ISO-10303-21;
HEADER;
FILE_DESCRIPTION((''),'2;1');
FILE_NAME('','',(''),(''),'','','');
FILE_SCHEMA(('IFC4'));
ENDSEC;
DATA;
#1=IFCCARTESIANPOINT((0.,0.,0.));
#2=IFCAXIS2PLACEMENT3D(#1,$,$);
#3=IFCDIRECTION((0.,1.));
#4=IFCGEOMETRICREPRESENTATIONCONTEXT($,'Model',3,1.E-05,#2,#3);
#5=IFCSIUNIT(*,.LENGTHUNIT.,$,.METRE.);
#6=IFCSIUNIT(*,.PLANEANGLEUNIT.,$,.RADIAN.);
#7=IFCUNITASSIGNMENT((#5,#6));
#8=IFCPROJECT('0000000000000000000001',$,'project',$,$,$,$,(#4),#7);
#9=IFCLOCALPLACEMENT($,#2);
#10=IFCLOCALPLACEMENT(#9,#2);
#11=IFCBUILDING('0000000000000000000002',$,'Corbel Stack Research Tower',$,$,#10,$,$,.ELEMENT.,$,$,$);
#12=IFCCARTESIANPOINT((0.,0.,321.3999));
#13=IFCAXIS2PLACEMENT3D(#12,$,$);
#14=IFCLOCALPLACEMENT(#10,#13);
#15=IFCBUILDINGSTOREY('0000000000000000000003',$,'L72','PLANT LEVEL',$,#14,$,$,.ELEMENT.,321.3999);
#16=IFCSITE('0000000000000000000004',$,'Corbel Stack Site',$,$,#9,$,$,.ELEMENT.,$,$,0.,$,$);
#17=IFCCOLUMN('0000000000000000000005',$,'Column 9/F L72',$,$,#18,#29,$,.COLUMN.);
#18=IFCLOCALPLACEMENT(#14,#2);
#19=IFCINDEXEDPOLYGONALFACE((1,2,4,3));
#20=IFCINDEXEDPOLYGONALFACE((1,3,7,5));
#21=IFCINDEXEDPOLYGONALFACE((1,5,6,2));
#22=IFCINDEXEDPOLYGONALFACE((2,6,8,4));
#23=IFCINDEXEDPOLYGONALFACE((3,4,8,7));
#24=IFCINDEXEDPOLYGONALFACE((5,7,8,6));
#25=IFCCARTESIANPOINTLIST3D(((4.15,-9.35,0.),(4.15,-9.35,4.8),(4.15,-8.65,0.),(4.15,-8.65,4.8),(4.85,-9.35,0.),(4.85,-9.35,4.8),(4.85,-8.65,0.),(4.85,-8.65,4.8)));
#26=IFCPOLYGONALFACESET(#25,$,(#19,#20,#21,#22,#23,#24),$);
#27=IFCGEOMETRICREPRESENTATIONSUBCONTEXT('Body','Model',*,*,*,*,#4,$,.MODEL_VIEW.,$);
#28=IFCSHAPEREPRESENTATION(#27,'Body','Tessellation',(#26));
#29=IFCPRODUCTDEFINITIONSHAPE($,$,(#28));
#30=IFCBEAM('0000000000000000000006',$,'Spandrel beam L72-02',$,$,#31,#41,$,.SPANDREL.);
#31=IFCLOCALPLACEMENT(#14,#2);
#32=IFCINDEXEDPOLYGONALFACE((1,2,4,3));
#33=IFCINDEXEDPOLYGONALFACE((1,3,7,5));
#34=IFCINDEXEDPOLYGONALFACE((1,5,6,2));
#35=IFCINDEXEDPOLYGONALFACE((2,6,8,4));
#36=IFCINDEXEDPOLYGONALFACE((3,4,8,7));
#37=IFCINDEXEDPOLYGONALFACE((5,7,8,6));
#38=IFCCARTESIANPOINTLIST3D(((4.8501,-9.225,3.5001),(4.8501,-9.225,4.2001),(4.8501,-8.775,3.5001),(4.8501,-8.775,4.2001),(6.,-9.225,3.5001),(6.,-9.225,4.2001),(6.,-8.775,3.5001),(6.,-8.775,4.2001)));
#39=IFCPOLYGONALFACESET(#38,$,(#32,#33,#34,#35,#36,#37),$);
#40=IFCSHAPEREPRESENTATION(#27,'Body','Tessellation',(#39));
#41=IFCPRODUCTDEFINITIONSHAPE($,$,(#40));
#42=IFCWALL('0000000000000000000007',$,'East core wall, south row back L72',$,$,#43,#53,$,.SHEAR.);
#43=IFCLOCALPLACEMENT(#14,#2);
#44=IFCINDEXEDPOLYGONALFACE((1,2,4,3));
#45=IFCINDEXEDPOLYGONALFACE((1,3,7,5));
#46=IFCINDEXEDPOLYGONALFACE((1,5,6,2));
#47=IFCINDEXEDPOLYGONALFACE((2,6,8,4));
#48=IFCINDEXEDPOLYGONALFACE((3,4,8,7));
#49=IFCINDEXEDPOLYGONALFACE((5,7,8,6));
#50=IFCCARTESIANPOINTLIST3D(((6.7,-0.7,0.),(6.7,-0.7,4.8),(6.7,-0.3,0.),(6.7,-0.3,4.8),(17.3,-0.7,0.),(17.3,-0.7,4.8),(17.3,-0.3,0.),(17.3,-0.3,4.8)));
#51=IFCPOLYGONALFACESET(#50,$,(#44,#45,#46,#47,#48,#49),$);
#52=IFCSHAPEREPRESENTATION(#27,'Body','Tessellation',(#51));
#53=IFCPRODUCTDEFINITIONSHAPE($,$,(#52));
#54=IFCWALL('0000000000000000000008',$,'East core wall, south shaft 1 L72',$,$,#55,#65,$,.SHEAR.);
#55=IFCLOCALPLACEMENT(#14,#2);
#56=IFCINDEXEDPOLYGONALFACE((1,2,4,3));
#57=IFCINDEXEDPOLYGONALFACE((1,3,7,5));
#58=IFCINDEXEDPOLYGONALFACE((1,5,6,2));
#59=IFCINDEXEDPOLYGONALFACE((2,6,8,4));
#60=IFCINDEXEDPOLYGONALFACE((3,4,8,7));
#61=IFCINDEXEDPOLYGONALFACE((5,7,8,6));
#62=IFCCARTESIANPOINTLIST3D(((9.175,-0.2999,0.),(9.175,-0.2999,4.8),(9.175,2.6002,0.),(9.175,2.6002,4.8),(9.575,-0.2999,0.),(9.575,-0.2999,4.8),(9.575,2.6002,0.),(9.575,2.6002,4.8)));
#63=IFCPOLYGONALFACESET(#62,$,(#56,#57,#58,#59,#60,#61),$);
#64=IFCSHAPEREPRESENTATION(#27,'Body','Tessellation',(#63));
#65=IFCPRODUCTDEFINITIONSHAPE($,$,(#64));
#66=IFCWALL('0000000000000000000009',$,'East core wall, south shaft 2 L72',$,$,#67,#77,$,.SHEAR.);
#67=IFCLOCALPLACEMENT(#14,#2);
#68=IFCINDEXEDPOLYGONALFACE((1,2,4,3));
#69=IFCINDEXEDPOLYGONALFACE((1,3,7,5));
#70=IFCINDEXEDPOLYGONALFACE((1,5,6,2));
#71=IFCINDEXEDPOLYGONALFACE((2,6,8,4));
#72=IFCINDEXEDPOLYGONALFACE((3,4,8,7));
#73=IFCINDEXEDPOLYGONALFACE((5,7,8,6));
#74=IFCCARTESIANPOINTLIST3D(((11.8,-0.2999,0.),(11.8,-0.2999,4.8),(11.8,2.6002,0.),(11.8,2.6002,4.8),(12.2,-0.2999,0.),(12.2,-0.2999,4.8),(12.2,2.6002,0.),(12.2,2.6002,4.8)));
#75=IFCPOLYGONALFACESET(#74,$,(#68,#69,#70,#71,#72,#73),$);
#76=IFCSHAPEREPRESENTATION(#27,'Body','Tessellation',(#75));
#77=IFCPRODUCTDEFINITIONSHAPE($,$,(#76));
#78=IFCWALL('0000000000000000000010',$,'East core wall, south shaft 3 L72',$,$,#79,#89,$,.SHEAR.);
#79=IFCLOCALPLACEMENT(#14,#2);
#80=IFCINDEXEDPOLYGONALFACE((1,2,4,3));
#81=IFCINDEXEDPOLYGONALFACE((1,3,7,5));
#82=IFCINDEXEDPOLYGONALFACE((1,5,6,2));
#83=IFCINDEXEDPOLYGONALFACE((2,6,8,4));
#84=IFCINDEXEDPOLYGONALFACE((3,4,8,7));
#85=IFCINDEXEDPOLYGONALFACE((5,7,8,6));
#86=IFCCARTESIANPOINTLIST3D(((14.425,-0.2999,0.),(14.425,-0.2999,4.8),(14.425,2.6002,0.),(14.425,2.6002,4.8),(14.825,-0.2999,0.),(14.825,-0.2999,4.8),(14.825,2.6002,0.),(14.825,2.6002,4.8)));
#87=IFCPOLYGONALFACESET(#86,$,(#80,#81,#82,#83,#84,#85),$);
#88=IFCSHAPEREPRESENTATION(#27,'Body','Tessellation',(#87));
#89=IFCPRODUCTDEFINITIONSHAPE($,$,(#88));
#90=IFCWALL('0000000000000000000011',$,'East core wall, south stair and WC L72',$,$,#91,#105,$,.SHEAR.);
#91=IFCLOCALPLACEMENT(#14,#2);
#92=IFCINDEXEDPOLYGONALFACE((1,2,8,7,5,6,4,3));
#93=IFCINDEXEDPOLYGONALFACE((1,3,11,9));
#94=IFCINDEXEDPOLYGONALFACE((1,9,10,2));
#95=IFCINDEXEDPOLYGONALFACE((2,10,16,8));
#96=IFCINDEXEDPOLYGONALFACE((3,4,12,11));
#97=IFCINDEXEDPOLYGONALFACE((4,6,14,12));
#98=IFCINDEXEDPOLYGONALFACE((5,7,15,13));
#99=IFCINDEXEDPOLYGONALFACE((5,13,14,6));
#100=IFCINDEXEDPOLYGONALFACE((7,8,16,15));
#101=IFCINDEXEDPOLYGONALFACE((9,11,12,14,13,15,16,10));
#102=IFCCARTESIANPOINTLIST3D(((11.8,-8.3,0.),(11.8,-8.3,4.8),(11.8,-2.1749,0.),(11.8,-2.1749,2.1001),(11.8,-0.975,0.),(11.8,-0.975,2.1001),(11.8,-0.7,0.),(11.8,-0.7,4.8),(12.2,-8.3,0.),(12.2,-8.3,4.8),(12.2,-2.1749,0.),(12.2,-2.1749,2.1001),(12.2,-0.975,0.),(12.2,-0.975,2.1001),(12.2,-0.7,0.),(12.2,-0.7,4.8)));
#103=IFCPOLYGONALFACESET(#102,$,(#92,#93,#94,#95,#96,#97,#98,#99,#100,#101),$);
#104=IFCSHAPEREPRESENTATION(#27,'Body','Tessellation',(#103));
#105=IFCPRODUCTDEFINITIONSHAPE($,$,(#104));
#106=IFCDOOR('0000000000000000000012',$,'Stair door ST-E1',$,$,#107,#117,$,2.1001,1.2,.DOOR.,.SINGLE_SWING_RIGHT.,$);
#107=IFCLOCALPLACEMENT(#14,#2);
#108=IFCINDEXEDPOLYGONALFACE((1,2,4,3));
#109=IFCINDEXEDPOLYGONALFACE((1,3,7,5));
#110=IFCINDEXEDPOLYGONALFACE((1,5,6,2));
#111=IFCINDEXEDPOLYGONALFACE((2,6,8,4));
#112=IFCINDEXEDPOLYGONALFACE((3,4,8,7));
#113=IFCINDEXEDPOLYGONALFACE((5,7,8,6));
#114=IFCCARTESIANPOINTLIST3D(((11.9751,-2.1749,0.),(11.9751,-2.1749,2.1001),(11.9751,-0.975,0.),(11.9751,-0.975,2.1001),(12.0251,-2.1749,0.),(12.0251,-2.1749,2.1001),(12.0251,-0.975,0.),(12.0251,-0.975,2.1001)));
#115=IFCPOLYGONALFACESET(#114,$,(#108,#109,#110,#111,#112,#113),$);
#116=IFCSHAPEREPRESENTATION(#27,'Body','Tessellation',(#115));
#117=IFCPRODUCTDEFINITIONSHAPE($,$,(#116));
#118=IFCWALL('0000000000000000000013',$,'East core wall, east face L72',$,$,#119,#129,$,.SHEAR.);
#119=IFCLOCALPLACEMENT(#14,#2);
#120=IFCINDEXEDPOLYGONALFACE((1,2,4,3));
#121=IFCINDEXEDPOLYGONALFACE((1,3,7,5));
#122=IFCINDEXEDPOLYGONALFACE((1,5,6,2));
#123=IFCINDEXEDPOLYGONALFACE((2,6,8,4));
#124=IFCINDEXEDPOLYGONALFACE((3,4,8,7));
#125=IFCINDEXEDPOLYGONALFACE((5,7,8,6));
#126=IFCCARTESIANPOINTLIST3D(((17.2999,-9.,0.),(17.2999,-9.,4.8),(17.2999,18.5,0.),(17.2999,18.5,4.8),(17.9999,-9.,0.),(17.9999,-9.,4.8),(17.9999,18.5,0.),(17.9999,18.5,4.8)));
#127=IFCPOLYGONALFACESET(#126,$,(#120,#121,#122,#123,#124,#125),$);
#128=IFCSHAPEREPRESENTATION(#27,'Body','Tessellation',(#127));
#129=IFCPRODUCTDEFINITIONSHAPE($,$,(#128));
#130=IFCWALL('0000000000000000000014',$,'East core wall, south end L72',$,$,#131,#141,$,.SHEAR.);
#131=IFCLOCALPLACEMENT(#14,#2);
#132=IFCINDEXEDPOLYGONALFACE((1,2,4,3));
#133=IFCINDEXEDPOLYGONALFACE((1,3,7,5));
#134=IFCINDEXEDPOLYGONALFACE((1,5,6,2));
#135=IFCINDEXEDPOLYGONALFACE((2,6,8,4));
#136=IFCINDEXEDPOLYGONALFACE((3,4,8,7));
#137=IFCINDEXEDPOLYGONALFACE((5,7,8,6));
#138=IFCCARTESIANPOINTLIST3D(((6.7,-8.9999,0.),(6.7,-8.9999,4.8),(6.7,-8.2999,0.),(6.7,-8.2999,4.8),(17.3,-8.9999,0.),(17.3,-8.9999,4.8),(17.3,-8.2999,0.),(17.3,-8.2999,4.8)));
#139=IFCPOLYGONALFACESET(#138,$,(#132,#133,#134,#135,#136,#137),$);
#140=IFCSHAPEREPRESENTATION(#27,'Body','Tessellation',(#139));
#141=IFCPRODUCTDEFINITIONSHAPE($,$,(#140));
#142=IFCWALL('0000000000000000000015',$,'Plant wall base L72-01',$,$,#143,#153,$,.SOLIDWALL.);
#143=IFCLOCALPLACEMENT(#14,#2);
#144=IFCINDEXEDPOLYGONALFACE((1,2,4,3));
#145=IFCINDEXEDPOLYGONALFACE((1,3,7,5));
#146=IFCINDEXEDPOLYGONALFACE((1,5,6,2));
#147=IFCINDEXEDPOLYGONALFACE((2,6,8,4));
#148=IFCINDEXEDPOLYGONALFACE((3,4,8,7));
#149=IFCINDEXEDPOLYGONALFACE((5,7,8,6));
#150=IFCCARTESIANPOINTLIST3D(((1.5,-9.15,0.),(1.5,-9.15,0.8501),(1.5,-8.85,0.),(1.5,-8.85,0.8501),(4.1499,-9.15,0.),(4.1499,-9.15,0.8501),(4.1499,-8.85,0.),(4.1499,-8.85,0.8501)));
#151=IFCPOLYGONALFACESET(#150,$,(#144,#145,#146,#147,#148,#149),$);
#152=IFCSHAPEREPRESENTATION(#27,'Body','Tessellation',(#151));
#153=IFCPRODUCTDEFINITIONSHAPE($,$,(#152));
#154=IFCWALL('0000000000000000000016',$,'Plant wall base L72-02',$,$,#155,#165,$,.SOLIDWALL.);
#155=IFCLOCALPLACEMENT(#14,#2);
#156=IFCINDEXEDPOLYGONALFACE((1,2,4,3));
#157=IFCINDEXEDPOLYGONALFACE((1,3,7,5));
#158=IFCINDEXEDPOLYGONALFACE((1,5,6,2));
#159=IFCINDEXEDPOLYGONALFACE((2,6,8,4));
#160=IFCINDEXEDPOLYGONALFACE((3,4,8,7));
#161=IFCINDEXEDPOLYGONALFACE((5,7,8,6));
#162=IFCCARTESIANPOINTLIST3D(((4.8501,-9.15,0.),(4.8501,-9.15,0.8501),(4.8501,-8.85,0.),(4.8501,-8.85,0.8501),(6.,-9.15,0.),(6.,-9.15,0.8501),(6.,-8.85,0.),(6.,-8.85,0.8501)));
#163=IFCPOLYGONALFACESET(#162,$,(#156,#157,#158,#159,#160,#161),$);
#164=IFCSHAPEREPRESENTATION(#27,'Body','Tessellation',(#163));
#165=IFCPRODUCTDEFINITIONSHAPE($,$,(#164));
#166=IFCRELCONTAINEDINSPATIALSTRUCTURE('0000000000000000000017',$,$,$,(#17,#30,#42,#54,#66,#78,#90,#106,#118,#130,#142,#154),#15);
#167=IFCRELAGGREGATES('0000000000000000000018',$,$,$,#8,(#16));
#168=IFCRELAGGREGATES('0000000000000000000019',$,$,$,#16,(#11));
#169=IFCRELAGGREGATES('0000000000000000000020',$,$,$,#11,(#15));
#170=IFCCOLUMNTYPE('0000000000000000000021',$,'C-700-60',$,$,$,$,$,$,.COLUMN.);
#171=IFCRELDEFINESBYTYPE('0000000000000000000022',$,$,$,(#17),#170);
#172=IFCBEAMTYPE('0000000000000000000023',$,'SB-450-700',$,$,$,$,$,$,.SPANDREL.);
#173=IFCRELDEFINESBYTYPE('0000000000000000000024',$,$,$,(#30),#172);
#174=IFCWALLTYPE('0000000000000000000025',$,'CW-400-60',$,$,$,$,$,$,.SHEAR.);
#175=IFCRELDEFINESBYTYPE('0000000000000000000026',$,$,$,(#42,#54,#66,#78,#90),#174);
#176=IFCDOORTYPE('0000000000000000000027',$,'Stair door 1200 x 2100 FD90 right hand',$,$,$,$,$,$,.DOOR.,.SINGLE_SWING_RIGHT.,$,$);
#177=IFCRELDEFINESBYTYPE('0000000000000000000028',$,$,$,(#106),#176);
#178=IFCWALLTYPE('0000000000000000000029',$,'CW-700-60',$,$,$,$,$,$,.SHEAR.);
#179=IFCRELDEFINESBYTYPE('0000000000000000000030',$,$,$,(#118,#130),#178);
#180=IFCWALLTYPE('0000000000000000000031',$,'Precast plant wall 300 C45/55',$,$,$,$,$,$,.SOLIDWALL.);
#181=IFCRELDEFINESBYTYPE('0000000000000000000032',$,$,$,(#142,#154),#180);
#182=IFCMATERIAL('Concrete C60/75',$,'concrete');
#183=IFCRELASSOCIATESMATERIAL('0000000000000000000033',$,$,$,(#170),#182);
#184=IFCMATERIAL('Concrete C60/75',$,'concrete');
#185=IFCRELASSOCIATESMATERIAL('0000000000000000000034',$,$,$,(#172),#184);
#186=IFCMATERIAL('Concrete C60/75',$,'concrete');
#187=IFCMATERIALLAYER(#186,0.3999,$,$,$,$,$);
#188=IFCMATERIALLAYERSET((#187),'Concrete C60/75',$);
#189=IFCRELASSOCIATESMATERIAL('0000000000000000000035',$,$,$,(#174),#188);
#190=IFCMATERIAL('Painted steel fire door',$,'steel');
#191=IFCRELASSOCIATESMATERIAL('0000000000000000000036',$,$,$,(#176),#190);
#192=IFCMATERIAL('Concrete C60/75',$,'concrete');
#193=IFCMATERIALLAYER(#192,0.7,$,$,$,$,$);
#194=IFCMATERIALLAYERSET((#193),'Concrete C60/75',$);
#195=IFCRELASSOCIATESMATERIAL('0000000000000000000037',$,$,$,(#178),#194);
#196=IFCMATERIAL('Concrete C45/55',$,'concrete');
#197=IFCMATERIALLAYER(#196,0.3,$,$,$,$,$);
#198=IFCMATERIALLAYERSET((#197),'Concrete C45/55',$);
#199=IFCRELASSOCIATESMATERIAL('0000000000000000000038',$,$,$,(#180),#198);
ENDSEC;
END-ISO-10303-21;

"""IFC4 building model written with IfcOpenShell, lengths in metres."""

from ifc_helpers import new_model, si_unit, direction, frame, frame_2d, origin, origin_2d, place, context, subcontext, project, spatial, rectangle, extrude, material, layer, layer_set, material_profile, profile_set, type_object, element, fill, save


model = new_model("IFC4")

# Units and contexts
model_context = context("Model", 3, precision=1e-05, world=origin(), true_north=direction((0.0, 1.0)))
body_context = subcontext(model_context, "Body", "Model", "MODEL_VIEW")
ifc_project = project(units=[si_unit("LENGTHUNIT", "METRE"), si_unit("PLANEANGLEUNIT", "RADIAN")], contexts=[model_context])

# Site, building, storey
site_placement = place(None, origin())
site = spatial("IfcSite", under=ifc_project, at=site_placement, Name="Corbel Stack Site", CompositionType="ELEMENT", RefElevation=0.0)
building_placement = place(site_placement, origin())
building = spatial("IfcBuilding", under=site, at=building_placement, Name="Corbel Stack Research Tower", CompositionType="ELEMENT")
storey_placement = place(building_placement, frame((0.0, 0.0, 321.3999)))
storey = spatial("IfcBuildingStorey", under=building, at=storey_placement, Name="L72", Description="PLANT LEVEL", CompositionType="ELEMENT", Elevation=321.3999)

# Column
ifc_material_1 = material(Name="Concrete C60/75", Category="concrete")
ifc_material_profile_1 = material_profile(ifc_material_1, rectangle(XDim=0.7, YDim=0.7, at=origin_2d()), Name="RC 700 x 700")
ifc_profile_set_1 = profile_set([ifc_material_profile_1], Name="Concrete C60/75")
column_type = type_object("IfcColumnType", Name="C-700-60", PredefinedType="COLUMN", material=ifc_profile_set_1)
column_placement = place(storey_placement, frame((4.5, -9.0, 0.0), z_axis=(0.0, 0.0, 1.0), x_axis=(1.0, 0.0, 0.0)))
element("IfcColumn", 1, at=column_placement, inside=storey, type_object=column_type, Name="Column 9/F L72", PredefinedType="COLUMN", context=body_context, shape_type="SweptSolid", body=[
    extrude(rectangle(XDim=0.7, YDim=0.7, at=origin_2d()), origin(), (0.0, 0.0, 1.0), 4.8),
])

# Beam
ifc_material_2 = material(Name="Concrete C60/75", Category="concrete")
ifc_material_profile_2 = material_profile(ifc_material_2, rectangle(XDim=0.45, YDim=0.7, at=origin_2d()), Name="RC 450 x 700")
ifc_profile_set_2 = profile_set([ifc_material_profile_2], Name="Concrete C60/75")
beam_type = type_object("IfcBeamType", Name="SB-450-700", PredefinedType="SPANDREL", material=ifc_profile_set_2)
beam_placement = place(storey_placement, frame((4.8501, -9.0, 3.8501), z_axis=(1.0, 0.0, 0.0), x_axis=(0.0, 1.0, 0.0)))
element("IfcBeam", 2, at=beam_placement, inside=storey, type_object=beam_type, Name="Spandrel beam L72-02", PredefinedType="SPANDREL", context=body_context, shape_type="SweptSolid", body=[
    extrude(rectangle(XDim=0.45, YDim=0.7, at=origin_2d()), origin(), (0.0, 0.0, 1.0), 1.1499),
])

# Walls
ifc_material_3 = material(Name="Concrete C60/75", Category="concrete")
ifc_layer_1 = layer(ifc_material_3, 0.3999)
ifc_layer_set_1 = layer_set([ifc_layer_1], Name="Concrete C60/75")
wall_type_1 = type_object("IfcWallType", Name="CW-400-60", PredefinedType="SHEAR", material=ifc_layer_set_1)
wall_1_placement = place(storey_placement, frame((6.7, -0.5, 0.0), z_axis=(0.0, 0.0, 1.0), x_axis=(1.0, 0.0, 0.0)))
element("IfcWall", 3, at=wall_1_placement, inside=storey, type_object=wall_type_1, Name="East core wall, south row back L72", PredefinedType="SHEAR", context=body_context, shape_type="SweptSolid", body=[
    extrude(rectangle(XDim=10.6001, YDim=0.3999, at=frame_2d((5.3, 0.0))), origin(), (0.0, 0.0, 1.0), 4.8),
])
for number, where, z_axis, x_axis, name in (
    (4, (9.375, -0.3, 0.0), (0.0, 0.0, 1.0), (0.0, 1.0, 0.0), "East core wall, south shaft 1 L72"),
    (5, (12.0, -0.3, 0.0), (0.0, 0.0, 1.0), (0.0, 1.0, 0.0), "East core wall, south shaft 2 L72"),
    (6, (14.625, -0.3, 0.0), (0.0, 0.0, 1.0), (0.0, 1.0, 0.0), "East core wall, south shaft 3 L72"),
):
    element("IfcWall", number, at=place(storey_placement, frame(where, z_axis=z_axis, x_axis=x_axis)), inside=storey, type_object=wall_type_1, Name=name, PredefinedType="SHEAR", context=body_context, shape_type="SweptSolid", body=[
        extrude(rectangle(XDim=2.9001, YDim=0.3999, at=frame_2d((1.4502, 0.0))), origin(), (0.0, 0.0, 1.0), 4.8),
    ])

# Wall, opening, door
wall_2_placement = place(storey_placement, frame((12.0, -8.3, 0.0), z_axis=(0.0, 0.0, 1.0), x_axis=(0.0, 1.0, 0.0)))
wall_2 = element("IfcWall", 7, at=wall_2_placement, inside=storey, type_object=wall_type_1, Name="East core wall, south stair and WC L72", PredefinedType="SHEAR", context=body_context, shape_type="SweptSolid", body=[
    extrude(rectangle(XDim=7.6001, YDim=0.3999, at=frame_2d((3.8, 0.0))), origin(), (0.0, 0.0, 1.0), 4.8),
])
opening_1_placement = place(wall_2_placement, frame((6.125, 0.0, 0.0)))
opening_1 = element("IfcOpeningElement", 8, at=opening_1_placement, cuts=wall_2, PredefinedType="OPENING", context=body_context, shape_type="SweptSolid", body=[
    extrude(rectangle(XDim=1.2, YDim=2.1001, at=frame_2d((0.6001, 1.05))), frame((0.0, 0.21, 0.0), z_axis=(0.0, -1.0, 0.0), x_axis=(1.0, 0.0, 0.0)), (0.0, 0.0, 1.0), 0.4199),
])
ifc_material_4 = material(Name="Painted steel fire door", Category="steel")
door_type_1 = type_object("IfcDoorType", Name="Stair door 1200 x 2100 FD90 right hand", OperationType="SINGLE_SWING_RIGHT", PredefinedType="DOOR", material=ifc_material_4)
door_1_placement = place(opening_1_placement, origin())
door_1 = element("IfcDoor", 9, at=door_1_placement, inside=storey, type_object=door_type_1, Name="Stair door ST-E1", OperationType="SINGLE_SWING_RIGHT", OverallHeight=2.1001, OverallWidth=1.2, PredefinedType="DOOR", context=body_context, shape_type="SweptSolid", body=[
    extrude(rectangle(XDim=1.2, YDim=2.1001, at=frame_2d((0.6001, 1.05))), frame((0.0, 0.0249, 0.0), z_axis=(0.0, -1.0, 0.0), x_axis=(1.0, 0.0, 0.0)), (0.0, 0.0, 1.0), 0.05),
])
fill(opening_1, door_1)

# Shared definitions
ifc_material_5 = material(Name="Concrete C60/75", Category="concrete")
ifc_layer_2 = layer(ifc_material_5, 0.7)
ifc_layer_set_2 = layer_set([ifc_layer_2], Name="Concrete C60/75")
wall_type_2 = type_object("IfcWallType", Name="CW-700-60", PredefinedType="SHEAR", material=ifc_layer_set_2)

# Walls
wall_3_placement = place(storey_placement, frame((17.6499, -9.0, 0.0), z_axis=(0.0, 0.0, 1.0), x_axis=(0.0, 1.0, 0.0)))
element("IfcWall", 10, at=wall_3_placement, inside=storey, type_object=wall_type_2, Name="East core wall, east face L72", PredefinedType="SHEAR", context=body_context, shape_type="SweptSolid", body=[
    extrude(rectangle(XDim=27.5, YDim=0.7, at=frame_2d((13.75, 0.0))), origin(), (0.0, 0.0, 1.0), 4.8),
])
wall_4_placement = place(storey_placement, frame((6.7, -8.6499, 0.0), z_axis=(0.0, 0.0, 1.0), x_axis=(1.0, 0.0, 0.0)))
element("IfcWall", 11, at=wall_4_placement, inside=storey, type_object=wall_type_2, Name="East core wall, south end L72", PredefinedType="SHEAR", context=body_context, shape_type="SweptSolid", body=[
    extrude(rectangle(XDim=10.6001, YDim=0.7, at=frame_2d((5.3, 0.0))), origin(), (0.0, 0.0, 1.0), 4.8),
])
ifc_material_6 = material(Name="Concrete C45/55", Category="concrete")
ifc_layer_3 = layer(ifc_material_6, 0.3)
ifc_layer_set_3 = layer_set([ifc_layer_3], Name="Concrete C45/55")
wall_type_3 = type_object("IfcWallType", Name="Precast plant wall 300 C45/55", PredefinedType="SOLIDWALL", material=ifc_layer_set_3)
wall_5_placement = place(storey_placement, frame((1.5, -9.0, 0.0), z_axis=(0.0, 0.0, 1.0), x_axis=(1.0, 0.0, 0.0)))
element("IfcWall", 12, at=wall_5_placement, inside=storey, type_object=wall_type_3, Name="Plant wall base L72-01", PredefinedType="SOLIDWALL", context=body_context, shape_type="SweptSolid", body=[
    extrude(rectangle(XDim=2.6499, YDim=0.3, at=frame_2d((1.325, 0.0))), origin(), (0.0, 0.0, 1.0), 0.8501),
])
wall_6_placement = place(storey_placement, frame((4.8501, -9.0, 0.0), z_axis=(0.0, 0.0, 1.0), x_axis=(1.0, 0.0, 0.0)))
element("IfcWall", 13, at=wall_6_placement, inside=storey, type_object=wall_type_3, Name="Plant wall base L72-02", PredefinedType="SOLIDWALL", context=body_context, shape_type="SweptSolid", body=[
    extrude(rectangle(XDim=1.1499, YDim=0.3, at=frame_2d((0.575, 0.0))), origin(), (0.0, 0.0, 1.0), 0.8501),
])

save(model, "model.ifc")
